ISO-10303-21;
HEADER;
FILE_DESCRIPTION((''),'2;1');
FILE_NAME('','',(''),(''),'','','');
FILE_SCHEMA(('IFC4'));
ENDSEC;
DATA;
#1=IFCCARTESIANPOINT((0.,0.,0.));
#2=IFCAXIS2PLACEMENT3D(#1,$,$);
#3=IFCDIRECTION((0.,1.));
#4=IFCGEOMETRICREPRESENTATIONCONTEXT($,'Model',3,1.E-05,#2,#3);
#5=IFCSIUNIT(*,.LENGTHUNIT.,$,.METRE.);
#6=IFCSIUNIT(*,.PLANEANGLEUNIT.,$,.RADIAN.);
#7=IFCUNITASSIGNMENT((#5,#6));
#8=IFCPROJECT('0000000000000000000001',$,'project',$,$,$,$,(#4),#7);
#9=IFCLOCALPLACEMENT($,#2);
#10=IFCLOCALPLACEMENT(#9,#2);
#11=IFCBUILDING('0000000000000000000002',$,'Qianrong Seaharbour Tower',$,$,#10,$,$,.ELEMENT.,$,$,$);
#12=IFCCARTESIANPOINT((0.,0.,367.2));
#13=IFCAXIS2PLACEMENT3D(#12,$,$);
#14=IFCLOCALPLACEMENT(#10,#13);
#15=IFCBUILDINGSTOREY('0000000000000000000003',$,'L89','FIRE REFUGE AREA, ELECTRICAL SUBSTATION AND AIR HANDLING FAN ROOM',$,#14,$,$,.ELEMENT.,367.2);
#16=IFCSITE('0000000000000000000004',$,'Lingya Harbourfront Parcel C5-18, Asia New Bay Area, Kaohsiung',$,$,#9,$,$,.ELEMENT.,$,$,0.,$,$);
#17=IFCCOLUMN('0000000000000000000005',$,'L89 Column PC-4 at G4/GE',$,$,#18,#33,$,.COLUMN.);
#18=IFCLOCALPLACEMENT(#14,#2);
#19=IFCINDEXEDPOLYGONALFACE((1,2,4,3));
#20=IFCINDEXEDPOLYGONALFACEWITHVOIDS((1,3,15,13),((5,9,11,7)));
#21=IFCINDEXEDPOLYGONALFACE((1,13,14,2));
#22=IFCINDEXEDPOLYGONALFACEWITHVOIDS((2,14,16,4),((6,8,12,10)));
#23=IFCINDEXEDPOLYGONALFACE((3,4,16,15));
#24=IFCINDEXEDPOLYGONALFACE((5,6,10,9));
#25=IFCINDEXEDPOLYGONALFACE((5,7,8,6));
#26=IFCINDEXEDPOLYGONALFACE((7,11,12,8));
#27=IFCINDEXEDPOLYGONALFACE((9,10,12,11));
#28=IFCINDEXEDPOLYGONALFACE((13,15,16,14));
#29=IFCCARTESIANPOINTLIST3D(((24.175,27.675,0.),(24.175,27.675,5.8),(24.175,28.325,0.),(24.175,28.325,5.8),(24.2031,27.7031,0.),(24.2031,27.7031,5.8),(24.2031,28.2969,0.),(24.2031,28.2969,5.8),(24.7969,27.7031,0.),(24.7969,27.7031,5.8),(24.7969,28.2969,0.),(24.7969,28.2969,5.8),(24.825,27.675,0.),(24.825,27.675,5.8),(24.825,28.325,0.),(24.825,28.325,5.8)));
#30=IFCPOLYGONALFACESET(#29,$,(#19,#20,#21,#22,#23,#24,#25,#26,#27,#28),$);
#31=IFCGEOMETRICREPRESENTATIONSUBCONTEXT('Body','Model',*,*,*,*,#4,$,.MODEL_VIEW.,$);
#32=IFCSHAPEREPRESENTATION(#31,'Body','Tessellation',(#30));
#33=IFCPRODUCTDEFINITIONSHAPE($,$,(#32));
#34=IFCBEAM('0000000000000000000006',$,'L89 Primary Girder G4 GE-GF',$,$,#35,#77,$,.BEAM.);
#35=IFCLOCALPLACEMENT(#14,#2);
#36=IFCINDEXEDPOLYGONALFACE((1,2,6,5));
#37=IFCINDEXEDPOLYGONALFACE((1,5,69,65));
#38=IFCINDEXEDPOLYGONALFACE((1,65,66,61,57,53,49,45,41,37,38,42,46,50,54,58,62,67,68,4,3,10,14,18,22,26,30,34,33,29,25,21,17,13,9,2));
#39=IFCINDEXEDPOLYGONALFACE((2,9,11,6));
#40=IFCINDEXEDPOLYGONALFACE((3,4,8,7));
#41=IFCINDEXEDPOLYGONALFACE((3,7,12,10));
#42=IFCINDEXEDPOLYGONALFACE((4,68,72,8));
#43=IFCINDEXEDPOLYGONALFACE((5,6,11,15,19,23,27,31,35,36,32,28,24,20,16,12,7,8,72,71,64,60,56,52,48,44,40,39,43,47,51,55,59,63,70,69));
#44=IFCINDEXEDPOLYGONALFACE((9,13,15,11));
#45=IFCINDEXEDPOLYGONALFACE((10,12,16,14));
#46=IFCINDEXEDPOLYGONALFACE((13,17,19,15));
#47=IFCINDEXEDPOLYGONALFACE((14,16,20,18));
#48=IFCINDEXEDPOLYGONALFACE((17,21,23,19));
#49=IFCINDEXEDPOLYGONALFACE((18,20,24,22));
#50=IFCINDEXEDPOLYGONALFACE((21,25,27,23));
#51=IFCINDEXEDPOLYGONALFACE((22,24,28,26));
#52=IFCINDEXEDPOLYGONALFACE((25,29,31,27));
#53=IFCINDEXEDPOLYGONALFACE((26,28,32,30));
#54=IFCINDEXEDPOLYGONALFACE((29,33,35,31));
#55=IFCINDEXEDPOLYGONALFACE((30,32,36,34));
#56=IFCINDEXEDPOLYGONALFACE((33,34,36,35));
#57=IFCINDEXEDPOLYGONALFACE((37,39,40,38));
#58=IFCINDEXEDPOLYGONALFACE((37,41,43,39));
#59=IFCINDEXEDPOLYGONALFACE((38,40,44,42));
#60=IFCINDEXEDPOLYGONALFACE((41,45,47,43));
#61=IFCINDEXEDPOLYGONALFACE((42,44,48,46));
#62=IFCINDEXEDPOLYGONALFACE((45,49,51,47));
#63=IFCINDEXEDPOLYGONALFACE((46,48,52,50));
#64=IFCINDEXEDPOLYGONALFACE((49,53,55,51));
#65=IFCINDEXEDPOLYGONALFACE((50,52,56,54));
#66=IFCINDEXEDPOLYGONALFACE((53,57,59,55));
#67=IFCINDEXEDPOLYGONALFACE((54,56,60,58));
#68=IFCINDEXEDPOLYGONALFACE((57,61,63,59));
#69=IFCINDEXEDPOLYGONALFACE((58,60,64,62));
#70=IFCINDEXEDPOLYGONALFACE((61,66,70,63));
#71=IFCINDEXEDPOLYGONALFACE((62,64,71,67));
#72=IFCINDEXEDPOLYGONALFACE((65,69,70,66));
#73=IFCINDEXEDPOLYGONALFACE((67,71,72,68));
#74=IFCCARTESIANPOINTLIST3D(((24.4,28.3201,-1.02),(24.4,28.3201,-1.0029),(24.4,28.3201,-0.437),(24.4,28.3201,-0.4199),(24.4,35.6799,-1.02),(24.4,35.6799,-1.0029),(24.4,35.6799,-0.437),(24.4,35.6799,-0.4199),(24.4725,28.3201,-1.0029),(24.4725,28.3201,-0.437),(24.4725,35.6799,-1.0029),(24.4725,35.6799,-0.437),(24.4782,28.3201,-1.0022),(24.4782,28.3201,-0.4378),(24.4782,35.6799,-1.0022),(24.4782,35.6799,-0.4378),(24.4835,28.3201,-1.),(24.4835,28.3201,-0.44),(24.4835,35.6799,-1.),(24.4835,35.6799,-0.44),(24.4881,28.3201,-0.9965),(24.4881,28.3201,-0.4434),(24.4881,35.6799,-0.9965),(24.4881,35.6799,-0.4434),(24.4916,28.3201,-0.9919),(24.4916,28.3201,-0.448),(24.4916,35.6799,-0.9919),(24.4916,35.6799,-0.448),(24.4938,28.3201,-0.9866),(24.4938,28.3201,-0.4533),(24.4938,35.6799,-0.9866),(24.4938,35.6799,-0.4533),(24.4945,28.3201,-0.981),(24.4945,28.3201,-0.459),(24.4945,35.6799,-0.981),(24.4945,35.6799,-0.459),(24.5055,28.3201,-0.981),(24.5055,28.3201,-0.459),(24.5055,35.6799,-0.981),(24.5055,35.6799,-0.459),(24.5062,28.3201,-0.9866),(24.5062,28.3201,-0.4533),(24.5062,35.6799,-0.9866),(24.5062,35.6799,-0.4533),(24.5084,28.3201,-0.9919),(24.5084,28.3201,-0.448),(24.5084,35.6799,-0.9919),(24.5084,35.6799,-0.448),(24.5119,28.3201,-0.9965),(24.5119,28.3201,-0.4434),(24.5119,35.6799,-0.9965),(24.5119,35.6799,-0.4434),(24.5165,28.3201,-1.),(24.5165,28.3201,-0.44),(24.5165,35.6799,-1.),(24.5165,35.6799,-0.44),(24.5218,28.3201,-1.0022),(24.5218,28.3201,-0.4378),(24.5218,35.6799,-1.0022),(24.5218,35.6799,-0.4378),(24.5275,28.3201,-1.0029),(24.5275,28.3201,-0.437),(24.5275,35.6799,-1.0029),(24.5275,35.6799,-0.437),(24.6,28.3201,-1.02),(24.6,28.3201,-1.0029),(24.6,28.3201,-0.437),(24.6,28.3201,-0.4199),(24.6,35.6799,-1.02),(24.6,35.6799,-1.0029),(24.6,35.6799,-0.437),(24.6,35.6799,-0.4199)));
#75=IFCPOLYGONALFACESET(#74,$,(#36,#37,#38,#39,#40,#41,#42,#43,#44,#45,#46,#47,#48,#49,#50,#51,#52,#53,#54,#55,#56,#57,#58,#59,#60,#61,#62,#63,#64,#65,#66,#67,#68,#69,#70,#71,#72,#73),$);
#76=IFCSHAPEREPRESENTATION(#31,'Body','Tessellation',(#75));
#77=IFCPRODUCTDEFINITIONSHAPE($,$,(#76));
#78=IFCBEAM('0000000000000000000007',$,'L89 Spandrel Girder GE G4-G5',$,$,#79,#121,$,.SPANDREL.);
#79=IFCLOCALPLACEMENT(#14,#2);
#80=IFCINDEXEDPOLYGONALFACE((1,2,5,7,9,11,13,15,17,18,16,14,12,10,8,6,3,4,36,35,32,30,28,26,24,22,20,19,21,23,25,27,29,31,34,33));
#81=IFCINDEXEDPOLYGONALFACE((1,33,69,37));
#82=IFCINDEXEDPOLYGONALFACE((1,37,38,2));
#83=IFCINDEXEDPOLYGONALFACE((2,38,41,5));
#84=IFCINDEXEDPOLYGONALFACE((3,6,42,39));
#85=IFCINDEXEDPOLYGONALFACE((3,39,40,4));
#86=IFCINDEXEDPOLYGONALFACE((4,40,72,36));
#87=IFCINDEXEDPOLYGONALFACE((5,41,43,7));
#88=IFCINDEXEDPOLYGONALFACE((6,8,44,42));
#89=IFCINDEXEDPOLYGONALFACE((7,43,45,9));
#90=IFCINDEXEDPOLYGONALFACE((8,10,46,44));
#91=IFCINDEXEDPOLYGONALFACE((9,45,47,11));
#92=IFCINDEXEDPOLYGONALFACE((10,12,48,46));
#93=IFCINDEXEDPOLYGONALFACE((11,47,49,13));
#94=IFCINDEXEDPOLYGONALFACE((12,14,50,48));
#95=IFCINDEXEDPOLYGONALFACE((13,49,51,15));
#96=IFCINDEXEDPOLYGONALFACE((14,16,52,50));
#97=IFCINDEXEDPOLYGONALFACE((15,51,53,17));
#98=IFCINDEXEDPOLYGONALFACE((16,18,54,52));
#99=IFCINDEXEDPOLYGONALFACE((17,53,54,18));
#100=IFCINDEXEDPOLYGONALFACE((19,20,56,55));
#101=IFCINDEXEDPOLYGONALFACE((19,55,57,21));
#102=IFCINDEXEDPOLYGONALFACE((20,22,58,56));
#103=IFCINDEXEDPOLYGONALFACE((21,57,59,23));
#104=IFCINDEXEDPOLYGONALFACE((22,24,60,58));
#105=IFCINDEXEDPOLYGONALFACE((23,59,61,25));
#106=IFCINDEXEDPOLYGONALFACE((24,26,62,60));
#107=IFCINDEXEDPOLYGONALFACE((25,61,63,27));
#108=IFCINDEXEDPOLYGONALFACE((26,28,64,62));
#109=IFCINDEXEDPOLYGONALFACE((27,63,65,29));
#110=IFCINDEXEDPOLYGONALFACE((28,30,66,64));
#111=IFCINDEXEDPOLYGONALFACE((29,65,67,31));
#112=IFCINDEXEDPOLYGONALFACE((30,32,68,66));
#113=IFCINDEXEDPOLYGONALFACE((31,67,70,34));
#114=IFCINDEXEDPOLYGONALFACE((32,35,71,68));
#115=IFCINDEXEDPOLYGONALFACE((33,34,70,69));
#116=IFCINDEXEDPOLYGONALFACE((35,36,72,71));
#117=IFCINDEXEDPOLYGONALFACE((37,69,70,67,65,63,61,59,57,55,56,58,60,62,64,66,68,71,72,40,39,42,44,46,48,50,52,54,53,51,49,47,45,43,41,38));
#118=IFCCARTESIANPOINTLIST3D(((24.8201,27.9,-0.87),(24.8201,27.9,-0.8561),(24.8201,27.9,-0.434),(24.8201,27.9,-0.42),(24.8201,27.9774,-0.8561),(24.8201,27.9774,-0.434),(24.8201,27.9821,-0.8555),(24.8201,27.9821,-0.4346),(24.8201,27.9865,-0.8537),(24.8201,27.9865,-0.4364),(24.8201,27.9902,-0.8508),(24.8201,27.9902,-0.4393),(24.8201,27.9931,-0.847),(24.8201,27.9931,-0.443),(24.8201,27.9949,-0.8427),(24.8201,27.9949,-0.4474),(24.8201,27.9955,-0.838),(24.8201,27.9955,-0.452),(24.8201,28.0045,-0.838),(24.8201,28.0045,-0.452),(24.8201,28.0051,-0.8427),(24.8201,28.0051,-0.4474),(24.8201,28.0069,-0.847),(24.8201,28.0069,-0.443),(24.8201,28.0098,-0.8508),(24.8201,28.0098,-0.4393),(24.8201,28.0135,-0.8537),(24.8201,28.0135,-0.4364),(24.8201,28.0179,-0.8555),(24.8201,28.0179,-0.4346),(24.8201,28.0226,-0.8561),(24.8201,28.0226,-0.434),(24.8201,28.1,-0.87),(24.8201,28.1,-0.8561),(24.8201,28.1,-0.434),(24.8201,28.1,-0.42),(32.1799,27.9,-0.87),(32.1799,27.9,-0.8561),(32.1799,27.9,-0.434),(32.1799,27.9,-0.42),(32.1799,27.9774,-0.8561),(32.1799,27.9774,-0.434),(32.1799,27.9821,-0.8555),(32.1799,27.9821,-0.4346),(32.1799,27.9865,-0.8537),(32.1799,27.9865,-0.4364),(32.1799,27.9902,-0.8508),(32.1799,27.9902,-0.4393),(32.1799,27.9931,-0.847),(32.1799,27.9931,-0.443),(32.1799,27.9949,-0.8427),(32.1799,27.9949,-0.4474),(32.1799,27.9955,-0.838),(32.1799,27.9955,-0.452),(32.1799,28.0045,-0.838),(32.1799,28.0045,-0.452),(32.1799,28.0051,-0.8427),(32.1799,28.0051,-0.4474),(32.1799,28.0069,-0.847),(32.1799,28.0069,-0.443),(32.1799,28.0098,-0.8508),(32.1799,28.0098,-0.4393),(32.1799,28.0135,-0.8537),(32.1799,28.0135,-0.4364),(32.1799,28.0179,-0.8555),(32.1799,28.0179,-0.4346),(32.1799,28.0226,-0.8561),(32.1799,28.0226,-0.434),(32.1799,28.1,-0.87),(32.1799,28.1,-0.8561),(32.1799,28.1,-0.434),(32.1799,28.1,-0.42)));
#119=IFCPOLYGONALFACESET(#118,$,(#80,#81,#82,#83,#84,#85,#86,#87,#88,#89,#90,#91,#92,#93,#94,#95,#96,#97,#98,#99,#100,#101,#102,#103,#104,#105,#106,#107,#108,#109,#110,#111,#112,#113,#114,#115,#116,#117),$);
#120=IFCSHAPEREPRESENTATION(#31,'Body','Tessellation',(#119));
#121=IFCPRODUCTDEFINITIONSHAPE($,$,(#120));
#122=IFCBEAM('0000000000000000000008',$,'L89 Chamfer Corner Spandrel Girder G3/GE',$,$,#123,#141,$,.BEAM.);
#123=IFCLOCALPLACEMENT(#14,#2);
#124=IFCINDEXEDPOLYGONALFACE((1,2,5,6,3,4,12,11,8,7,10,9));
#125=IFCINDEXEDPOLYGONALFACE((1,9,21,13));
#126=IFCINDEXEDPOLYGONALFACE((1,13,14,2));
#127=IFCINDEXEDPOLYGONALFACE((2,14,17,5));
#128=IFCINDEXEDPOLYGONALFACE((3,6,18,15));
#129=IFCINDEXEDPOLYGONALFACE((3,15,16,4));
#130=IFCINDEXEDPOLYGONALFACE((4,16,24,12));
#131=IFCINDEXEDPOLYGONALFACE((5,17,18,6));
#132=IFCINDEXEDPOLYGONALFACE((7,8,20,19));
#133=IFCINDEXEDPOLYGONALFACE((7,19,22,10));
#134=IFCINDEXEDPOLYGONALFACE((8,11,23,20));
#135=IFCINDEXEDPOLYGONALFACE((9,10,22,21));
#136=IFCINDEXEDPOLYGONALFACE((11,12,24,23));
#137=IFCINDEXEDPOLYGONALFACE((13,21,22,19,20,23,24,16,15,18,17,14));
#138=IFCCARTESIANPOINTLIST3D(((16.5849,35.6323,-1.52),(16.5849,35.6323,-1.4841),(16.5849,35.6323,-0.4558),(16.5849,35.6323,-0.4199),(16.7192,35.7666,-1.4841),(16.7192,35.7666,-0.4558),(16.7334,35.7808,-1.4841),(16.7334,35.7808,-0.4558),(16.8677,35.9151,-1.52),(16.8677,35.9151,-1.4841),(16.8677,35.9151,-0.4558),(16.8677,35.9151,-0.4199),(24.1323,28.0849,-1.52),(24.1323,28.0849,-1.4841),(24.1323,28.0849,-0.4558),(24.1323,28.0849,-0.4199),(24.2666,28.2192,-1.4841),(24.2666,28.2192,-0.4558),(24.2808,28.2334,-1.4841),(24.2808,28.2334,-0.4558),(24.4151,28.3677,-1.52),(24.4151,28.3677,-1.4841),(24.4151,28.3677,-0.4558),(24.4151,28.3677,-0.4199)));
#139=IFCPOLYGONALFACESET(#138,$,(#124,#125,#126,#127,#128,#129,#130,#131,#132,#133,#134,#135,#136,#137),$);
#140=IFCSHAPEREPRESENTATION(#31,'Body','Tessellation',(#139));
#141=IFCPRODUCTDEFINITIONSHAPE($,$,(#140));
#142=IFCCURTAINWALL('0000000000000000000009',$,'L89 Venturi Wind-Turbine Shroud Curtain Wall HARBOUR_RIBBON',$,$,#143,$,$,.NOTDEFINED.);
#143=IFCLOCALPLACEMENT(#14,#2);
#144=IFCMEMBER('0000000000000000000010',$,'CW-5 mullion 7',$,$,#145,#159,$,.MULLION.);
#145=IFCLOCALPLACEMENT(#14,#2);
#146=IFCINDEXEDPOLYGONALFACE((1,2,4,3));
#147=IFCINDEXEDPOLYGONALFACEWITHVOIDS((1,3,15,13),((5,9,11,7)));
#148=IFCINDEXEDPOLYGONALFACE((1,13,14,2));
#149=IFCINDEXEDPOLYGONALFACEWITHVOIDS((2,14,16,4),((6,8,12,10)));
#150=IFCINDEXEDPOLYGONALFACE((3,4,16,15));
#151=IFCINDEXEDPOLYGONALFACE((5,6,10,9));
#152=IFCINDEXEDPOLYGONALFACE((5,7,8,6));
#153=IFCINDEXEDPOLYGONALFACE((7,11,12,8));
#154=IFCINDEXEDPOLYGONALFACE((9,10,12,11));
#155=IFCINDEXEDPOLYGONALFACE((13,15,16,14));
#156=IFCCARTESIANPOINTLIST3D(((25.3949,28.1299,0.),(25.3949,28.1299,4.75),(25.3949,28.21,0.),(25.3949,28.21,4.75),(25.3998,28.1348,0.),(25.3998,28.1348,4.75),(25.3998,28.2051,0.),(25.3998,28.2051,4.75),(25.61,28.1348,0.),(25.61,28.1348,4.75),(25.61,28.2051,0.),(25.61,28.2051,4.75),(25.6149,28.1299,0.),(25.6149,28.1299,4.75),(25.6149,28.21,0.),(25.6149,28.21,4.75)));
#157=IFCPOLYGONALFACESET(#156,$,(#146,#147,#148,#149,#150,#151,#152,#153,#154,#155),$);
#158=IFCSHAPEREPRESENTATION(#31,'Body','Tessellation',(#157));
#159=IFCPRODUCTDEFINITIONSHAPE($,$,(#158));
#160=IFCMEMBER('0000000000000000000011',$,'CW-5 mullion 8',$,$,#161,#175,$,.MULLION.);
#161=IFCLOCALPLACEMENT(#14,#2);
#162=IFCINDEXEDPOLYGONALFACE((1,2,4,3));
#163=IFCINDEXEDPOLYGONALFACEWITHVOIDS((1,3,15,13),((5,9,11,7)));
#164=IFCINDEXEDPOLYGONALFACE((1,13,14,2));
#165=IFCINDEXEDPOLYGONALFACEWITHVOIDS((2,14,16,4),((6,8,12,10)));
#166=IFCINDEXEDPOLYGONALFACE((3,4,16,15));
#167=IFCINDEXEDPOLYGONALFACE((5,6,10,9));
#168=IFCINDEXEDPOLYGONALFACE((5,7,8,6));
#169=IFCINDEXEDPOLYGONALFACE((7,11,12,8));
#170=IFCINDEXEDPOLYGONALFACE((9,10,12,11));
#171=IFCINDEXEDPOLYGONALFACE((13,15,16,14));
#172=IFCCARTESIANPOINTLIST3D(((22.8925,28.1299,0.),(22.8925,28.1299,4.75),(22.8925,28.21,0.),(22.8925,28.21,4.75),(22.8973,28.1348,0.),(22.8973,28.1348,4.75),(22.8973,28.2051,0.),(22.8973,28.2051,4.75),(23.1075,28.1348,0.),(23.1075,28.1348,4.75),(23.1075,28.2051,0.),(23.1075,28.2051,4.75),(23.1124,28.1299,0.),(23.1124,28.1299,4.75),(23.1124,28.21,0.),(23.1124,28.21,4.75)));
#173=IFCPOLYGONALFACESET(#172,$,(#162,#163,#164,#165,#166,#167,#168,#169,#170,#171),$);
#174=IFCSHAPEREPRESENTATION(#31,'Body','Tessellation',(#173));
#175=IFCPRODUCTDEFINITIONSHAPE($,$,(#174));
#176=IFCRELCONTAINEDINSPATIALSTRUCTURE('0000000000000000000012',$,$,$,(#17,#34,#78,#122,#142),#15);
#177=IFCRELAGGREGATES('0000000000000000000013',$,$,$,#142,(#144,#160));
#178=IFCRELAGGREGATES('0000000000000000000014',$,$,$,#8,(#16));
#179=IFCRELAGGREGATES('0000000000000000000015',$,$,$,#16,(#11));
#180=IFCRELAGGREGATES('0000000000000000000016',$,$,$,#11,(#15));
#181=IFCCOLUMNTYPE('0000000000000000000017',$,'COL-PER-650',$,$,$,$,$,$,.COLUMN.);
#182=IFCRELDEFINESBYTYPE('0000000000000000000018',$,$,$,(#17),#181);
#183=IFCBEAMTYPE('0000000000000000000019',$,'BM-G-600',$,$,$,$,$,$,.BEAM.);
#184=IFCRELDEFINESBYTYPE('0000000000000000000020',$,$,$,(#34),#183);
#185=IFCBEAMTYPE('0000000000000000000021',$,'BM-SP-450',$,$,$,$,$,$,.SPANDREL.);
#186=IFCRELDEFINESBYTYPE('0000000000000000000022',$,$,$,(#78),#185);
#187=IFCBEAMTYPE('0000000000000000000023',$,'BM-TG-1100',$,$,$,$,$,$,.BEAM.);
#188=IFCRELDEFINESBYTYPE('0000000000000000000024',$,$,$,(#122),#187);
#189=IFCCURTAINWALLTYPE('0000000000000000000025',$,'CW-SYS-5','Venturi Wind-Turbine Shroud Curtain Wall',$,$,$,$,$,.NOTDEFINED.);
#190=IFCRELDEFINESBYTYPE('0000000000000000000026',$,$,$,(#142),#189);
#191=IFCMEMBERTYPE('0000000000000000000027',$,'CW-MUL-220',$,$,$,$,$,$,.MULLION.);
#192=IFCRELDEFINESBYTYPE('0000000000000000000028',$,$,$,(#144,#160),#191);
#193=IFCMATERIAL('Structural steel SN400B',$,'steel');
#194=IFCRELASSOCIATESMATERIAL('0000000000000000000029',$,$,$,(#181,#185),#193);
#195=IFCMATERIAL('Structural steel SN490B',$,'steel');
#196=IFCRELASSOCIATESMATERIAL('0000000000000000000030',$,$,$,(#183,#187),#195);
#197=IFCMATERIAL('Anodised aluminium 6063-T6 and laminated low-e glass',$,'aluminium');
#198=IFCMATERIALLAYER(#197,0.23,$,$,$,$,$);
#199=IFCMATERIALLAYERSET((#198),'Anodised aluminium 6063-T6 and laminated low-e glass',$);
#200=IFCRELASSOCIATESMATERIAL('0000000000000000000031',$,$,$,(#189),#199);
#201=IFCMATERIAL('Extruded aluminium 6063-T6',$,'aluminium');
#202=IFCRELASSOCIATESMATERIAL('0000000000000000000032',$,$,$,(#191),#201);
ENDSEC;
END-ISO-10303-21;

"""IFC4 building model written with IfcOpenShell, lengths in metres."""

from ifc_helpers import new_model, si_unit, direction, frame, origin, origin_2d, place, context, subcontext, project, spatial, hollow_rectangle, i_section, extrude, material, layer, layer_set, material_profile, profile_set, type_object, element, aggregate, save


model = new_model("IFC4")

# Units and contexts
model_context = context("Model", 3, precision=1e-05, world=origin(), true_north=direction((0.0, 1.0)))
body_context = subcontext(model_context, "Body", "Model", "MODEL_VIEW")
ifc_project = project(units=[si_unit("LENGTHUNIT", "METRE"), si_unit("PLANEANGLEUNIT", "RADIAN")], contexts=[model_context])

# Site, building, storey
site_placement = place(None, origin())
site = spatial("IfcSite", under=ifc_project, at=site_placement, Name="Lingya Harbourfront Parcel C5-18, Asia New Bay Area, Kaohsiung", CompositionType="ELEMENT", RefElevation=0.0)
building_placement = place(site_placement, origin())
building = spatial("IfcBuilding", under=site, at=building_placement, Name="Qianrong Seaharbour Tower", CompositionType="ELEMENT")
storey_placement = place(building_placement, frame((0.0, 0.0, 367.2)))
storey = spatial("IfcBuildingStorey", under=building, at=storey_placement, Name="L89", Description="FIRE REFUGE AREA, ELECTRICAL SUBSTATION AND AIR HANDLING FAN ROOM", CompositionType="ELEMENT", Elevation=367.2)

# Column
ifc_material_1 = material(Name="Structural steel SN400B", Category="steel")
ifc_material_profile_1 = material_profile(ifc_material_1, hollow_rectangle(XDim=0.6499, YDim=0.6499, WallThickness=0.0281, at=origin_2d()), Name="BOX650x650x28")
ifc_profile_set_1 = profile_set([ifc_material_profile_1], Name="Structural steel SN400B")
column_type = type_object("IfcColumnType", Name="COL-PER-650", PredefinedType="COLUMN", material=ifc_profile_set_1)
column_placement = place(storey_placement, frame((24.5, 28.0, 0.0), z_axis=(0.0, 0.0, 1.0), x_axis=(1.0, 0.0, 0.0)))
element("IfcColumn", 1, at=column_placement, inside=storey, type_object=column_type, Name="L89 Column PC-4 at G4/GE", PredefinedType="COLUMN", context=body_context, shape_type="SweptSolid", body=[
    extrude(hollow_rectangle(XDim=0.6499, YDim=0.6499, WallThickness=0.0281, at=origin_2d()), origin(), (0.0, 0.0, 1.0), 5.8),
])

# Beams
ifc_material_2 = material(Name="Structural steel SN490B", Category="steel")
ifc_material_profile_2 = material_profile(ifc_material_2, i_section(OverallWidth=0.2, OverallDepth=0.6001, WebThickness=0.011, FlangeThickness=0.0171, FilletRadius=0.022, at=origin_2d()), Name="H600x200x11x17")
ifc_profile_set_2 = profile_set([ifc_material_profile_2], Name="Structural steel SN490B")
beam_type_1 = type_object("IfcBeamType", Name="BM-G-600", PredefinedType="BEAM", material=ifc_profile_set_2)
beam_1_placement = place(storey_placement, frame((24.5, 28.3201, -0.72), z_axis=(0.0, 1.0, 0.0), x_axis=(-1.0, 0.0, 0.0)))
element("IfcBeam", 2, at=beam_1_placement, inside=storey, type_object=beam_type_1, Name="L89 Primary Girder G4 GE-GF", PredefinedType="BEAM", context=body_context, shape_type="SweptSolid", body=[
    extrude(i_section(OverallWidth=0.2, OverallDepth=0.6001, WebThickness=0.011, FlangeThickness=0.0171, FilletRadius=0.022, at=origin_2d()), origin(), (0.0, 0.0, 1.0), 7.3599),
])
ifc_material_profile_3 = material_profile(ifc_material_1, i_section(OverallWidth=0.2, OverallDepth=0.45, WebThickness=0.009, FlangeThickness=0.0139, FilletRadius=0.0181, at=origin_2d()), Name="H450x200x9x14")
ifc_profile_set_3 = profile_set([ifc_material_profile_3], Name="Structural steel SN400B")
beam_type_2 = type_object("IfcBeamType", Name="BM-SP-450", PredefinedType="SPANDREL", material=ifc_profile_set_3)
beam_2_placement = place(storey_placement, frame((24.8201, 28.0, -0.645), z_axis=(1.0, 0.0, 0.0), x_axis=(0.0, 1.0, 0.0)))
element("IfcBeam", 3, at=beam_2_placement, inside=storey, type_object=beam_type_2, Name="L89 Spandrel Girder GE G4-G5", PredefinedType="SPANDREL", context=body_context, shape_type="SweptSolid", body=[
    extrude(i_section(OverallWidth=0.2, OverallDepth=0.45, WebThickness=0.009, FlangeThickness=0.0139, FilletRadius=0.0181, at=origin_2d()), origin(), (0.0, 0.0, 1.0), 7.3599),
])
ifc_material_profile_4 = material_profile(ifc_material_2, i_section(OverallWidth=0.3999, OverallDepth=1.1001, WebThickness=0.02, FlangeThickness=0.0359, at=origin_2d()), Name="BH1100x400x20x36")
ifc_profile_set_4 = profile_set([ifc_material_profile_4], Name="Structural steel SN490B")
beam_type_3 = type_object("IfcBeamType", Name="BM-TG-1100", PredefinedType="BEAM", material=ifc_profile_set_4)
beam_3_placement = place(storey_placement, frame((24.2737, 28.2263, -0.97), z_axis=(-0.707107, 0.707107, 0.0), x_axis=(-0.707107, -0.707107, 0.0)))
element("IfcBeam", 4, at=beam_3_placement, inside=storey, type_object=beam_type_3, Name="L89 Chamfer Corner Spandrel Girder G3/GE", PredefinedType="BEAM", context=body_context, shape_type="SweptSolid", body=[
    extrude(i_section(OverallWidth=0.3999, OverallDepth=1.1001, WebThickness=0.02, FlangeThickness=0.0359, at=origin_2d()), origin(), (0.0, 0.0, 1.0), 10.6736),
])

# Curtain wall, members
ifc_material_3 = material(Name="Anodised aluminium 6063-T6 and laminated low-e glass", Category="aluminium")
ifc_layer_1 = layer(ifc_material_3, 0.23)
ifc_layer_set_1 = layer_set([ifc_layer_1], Name="Anodised aluminium 6063-T6 and laminated low-e glass")
curtain_wall_type = type_object("IfcCurtainWallType", Name="CW-SYS-5", Description="Venturi Wind-Turbine Shroud Curtain Wall", PredefinedType="NOTDEFINED", material=ifc_layer_set_1)
curtain_wall_placement = place(storey_placement, origin())
curtain_wall = element("IfcCurtainWall", 5, at=curtain_wall_placement, inside=storey, type_object=curtain_wall_type, Name="L89 Venturi Wind-Turbine Shroud Curtain Wall HARBOUR_RIBBON", PredefinedType="NOTDEFINED")
ifc_material_4 = material(Name="Extruded aluminium 6063-T6", Category="aluminium")
ifc_material_profile_5 = material_profile(ifc_material_4, hollow_rectangle(XDim=0.0801, YDim=0.22, WallThickness=0.0049, at=origin_2d()), Name="ALU-MUL-220x80x5")
ifc_profile_set_5 = profile_set([ifc_material_profile_5], Name="Extruded aluminium 6063-T6")
member_type_1 = type_object("IfcMemberType", Name="CW-MUL-220", PredefinedType="MULLION", material=ifc_profile_set_5)
member_1_placement = place(storey_placement, frame((25.5049, 28.1699, 0.0), z_axis=(0.0, 0.0, 1.0), x_axis=(0.0, -1.0, 0.0)))
member_1 = element("IfcMember", 6, at=member_1_placement, type_object=member_type_1, Name="CW-5 mullion 7", PredefinedType="MULLION", context=body_context, shape_type="SweptSolid", body=[
    extrude(hollow_rectangle(XDim=0.0801, YDim=0.22, WallThickness=0.0049, at=origin_2d()), origin(), (0.0, 0.0, 1.0), 4.75),
])
member_2_placement = place(storey_placement, frame((23.0024, 28.1699, 0.0), z_axis=(0.0, 0.0, 1.0), x_axis=(0.0, -1.0, 0.0)))
member_2 = element("IfcMember", 7, at=member_2_placement, type_object=member_type_1, Name="CW-5 mullion 8", PredefinedType="MULLION", context=body_context, shape_type="SweptSolid", body=[
    extrude(hollow_rectangle(XDim=0.0801, YDim=0.22, WallThickness=0.0049, at=origin_2d()), origin(), (0.0, 0.0, 1.0), 4.75),
])
aggregate(curtain_wall, [member_1, member_2])

save(model, "model.ifc")
